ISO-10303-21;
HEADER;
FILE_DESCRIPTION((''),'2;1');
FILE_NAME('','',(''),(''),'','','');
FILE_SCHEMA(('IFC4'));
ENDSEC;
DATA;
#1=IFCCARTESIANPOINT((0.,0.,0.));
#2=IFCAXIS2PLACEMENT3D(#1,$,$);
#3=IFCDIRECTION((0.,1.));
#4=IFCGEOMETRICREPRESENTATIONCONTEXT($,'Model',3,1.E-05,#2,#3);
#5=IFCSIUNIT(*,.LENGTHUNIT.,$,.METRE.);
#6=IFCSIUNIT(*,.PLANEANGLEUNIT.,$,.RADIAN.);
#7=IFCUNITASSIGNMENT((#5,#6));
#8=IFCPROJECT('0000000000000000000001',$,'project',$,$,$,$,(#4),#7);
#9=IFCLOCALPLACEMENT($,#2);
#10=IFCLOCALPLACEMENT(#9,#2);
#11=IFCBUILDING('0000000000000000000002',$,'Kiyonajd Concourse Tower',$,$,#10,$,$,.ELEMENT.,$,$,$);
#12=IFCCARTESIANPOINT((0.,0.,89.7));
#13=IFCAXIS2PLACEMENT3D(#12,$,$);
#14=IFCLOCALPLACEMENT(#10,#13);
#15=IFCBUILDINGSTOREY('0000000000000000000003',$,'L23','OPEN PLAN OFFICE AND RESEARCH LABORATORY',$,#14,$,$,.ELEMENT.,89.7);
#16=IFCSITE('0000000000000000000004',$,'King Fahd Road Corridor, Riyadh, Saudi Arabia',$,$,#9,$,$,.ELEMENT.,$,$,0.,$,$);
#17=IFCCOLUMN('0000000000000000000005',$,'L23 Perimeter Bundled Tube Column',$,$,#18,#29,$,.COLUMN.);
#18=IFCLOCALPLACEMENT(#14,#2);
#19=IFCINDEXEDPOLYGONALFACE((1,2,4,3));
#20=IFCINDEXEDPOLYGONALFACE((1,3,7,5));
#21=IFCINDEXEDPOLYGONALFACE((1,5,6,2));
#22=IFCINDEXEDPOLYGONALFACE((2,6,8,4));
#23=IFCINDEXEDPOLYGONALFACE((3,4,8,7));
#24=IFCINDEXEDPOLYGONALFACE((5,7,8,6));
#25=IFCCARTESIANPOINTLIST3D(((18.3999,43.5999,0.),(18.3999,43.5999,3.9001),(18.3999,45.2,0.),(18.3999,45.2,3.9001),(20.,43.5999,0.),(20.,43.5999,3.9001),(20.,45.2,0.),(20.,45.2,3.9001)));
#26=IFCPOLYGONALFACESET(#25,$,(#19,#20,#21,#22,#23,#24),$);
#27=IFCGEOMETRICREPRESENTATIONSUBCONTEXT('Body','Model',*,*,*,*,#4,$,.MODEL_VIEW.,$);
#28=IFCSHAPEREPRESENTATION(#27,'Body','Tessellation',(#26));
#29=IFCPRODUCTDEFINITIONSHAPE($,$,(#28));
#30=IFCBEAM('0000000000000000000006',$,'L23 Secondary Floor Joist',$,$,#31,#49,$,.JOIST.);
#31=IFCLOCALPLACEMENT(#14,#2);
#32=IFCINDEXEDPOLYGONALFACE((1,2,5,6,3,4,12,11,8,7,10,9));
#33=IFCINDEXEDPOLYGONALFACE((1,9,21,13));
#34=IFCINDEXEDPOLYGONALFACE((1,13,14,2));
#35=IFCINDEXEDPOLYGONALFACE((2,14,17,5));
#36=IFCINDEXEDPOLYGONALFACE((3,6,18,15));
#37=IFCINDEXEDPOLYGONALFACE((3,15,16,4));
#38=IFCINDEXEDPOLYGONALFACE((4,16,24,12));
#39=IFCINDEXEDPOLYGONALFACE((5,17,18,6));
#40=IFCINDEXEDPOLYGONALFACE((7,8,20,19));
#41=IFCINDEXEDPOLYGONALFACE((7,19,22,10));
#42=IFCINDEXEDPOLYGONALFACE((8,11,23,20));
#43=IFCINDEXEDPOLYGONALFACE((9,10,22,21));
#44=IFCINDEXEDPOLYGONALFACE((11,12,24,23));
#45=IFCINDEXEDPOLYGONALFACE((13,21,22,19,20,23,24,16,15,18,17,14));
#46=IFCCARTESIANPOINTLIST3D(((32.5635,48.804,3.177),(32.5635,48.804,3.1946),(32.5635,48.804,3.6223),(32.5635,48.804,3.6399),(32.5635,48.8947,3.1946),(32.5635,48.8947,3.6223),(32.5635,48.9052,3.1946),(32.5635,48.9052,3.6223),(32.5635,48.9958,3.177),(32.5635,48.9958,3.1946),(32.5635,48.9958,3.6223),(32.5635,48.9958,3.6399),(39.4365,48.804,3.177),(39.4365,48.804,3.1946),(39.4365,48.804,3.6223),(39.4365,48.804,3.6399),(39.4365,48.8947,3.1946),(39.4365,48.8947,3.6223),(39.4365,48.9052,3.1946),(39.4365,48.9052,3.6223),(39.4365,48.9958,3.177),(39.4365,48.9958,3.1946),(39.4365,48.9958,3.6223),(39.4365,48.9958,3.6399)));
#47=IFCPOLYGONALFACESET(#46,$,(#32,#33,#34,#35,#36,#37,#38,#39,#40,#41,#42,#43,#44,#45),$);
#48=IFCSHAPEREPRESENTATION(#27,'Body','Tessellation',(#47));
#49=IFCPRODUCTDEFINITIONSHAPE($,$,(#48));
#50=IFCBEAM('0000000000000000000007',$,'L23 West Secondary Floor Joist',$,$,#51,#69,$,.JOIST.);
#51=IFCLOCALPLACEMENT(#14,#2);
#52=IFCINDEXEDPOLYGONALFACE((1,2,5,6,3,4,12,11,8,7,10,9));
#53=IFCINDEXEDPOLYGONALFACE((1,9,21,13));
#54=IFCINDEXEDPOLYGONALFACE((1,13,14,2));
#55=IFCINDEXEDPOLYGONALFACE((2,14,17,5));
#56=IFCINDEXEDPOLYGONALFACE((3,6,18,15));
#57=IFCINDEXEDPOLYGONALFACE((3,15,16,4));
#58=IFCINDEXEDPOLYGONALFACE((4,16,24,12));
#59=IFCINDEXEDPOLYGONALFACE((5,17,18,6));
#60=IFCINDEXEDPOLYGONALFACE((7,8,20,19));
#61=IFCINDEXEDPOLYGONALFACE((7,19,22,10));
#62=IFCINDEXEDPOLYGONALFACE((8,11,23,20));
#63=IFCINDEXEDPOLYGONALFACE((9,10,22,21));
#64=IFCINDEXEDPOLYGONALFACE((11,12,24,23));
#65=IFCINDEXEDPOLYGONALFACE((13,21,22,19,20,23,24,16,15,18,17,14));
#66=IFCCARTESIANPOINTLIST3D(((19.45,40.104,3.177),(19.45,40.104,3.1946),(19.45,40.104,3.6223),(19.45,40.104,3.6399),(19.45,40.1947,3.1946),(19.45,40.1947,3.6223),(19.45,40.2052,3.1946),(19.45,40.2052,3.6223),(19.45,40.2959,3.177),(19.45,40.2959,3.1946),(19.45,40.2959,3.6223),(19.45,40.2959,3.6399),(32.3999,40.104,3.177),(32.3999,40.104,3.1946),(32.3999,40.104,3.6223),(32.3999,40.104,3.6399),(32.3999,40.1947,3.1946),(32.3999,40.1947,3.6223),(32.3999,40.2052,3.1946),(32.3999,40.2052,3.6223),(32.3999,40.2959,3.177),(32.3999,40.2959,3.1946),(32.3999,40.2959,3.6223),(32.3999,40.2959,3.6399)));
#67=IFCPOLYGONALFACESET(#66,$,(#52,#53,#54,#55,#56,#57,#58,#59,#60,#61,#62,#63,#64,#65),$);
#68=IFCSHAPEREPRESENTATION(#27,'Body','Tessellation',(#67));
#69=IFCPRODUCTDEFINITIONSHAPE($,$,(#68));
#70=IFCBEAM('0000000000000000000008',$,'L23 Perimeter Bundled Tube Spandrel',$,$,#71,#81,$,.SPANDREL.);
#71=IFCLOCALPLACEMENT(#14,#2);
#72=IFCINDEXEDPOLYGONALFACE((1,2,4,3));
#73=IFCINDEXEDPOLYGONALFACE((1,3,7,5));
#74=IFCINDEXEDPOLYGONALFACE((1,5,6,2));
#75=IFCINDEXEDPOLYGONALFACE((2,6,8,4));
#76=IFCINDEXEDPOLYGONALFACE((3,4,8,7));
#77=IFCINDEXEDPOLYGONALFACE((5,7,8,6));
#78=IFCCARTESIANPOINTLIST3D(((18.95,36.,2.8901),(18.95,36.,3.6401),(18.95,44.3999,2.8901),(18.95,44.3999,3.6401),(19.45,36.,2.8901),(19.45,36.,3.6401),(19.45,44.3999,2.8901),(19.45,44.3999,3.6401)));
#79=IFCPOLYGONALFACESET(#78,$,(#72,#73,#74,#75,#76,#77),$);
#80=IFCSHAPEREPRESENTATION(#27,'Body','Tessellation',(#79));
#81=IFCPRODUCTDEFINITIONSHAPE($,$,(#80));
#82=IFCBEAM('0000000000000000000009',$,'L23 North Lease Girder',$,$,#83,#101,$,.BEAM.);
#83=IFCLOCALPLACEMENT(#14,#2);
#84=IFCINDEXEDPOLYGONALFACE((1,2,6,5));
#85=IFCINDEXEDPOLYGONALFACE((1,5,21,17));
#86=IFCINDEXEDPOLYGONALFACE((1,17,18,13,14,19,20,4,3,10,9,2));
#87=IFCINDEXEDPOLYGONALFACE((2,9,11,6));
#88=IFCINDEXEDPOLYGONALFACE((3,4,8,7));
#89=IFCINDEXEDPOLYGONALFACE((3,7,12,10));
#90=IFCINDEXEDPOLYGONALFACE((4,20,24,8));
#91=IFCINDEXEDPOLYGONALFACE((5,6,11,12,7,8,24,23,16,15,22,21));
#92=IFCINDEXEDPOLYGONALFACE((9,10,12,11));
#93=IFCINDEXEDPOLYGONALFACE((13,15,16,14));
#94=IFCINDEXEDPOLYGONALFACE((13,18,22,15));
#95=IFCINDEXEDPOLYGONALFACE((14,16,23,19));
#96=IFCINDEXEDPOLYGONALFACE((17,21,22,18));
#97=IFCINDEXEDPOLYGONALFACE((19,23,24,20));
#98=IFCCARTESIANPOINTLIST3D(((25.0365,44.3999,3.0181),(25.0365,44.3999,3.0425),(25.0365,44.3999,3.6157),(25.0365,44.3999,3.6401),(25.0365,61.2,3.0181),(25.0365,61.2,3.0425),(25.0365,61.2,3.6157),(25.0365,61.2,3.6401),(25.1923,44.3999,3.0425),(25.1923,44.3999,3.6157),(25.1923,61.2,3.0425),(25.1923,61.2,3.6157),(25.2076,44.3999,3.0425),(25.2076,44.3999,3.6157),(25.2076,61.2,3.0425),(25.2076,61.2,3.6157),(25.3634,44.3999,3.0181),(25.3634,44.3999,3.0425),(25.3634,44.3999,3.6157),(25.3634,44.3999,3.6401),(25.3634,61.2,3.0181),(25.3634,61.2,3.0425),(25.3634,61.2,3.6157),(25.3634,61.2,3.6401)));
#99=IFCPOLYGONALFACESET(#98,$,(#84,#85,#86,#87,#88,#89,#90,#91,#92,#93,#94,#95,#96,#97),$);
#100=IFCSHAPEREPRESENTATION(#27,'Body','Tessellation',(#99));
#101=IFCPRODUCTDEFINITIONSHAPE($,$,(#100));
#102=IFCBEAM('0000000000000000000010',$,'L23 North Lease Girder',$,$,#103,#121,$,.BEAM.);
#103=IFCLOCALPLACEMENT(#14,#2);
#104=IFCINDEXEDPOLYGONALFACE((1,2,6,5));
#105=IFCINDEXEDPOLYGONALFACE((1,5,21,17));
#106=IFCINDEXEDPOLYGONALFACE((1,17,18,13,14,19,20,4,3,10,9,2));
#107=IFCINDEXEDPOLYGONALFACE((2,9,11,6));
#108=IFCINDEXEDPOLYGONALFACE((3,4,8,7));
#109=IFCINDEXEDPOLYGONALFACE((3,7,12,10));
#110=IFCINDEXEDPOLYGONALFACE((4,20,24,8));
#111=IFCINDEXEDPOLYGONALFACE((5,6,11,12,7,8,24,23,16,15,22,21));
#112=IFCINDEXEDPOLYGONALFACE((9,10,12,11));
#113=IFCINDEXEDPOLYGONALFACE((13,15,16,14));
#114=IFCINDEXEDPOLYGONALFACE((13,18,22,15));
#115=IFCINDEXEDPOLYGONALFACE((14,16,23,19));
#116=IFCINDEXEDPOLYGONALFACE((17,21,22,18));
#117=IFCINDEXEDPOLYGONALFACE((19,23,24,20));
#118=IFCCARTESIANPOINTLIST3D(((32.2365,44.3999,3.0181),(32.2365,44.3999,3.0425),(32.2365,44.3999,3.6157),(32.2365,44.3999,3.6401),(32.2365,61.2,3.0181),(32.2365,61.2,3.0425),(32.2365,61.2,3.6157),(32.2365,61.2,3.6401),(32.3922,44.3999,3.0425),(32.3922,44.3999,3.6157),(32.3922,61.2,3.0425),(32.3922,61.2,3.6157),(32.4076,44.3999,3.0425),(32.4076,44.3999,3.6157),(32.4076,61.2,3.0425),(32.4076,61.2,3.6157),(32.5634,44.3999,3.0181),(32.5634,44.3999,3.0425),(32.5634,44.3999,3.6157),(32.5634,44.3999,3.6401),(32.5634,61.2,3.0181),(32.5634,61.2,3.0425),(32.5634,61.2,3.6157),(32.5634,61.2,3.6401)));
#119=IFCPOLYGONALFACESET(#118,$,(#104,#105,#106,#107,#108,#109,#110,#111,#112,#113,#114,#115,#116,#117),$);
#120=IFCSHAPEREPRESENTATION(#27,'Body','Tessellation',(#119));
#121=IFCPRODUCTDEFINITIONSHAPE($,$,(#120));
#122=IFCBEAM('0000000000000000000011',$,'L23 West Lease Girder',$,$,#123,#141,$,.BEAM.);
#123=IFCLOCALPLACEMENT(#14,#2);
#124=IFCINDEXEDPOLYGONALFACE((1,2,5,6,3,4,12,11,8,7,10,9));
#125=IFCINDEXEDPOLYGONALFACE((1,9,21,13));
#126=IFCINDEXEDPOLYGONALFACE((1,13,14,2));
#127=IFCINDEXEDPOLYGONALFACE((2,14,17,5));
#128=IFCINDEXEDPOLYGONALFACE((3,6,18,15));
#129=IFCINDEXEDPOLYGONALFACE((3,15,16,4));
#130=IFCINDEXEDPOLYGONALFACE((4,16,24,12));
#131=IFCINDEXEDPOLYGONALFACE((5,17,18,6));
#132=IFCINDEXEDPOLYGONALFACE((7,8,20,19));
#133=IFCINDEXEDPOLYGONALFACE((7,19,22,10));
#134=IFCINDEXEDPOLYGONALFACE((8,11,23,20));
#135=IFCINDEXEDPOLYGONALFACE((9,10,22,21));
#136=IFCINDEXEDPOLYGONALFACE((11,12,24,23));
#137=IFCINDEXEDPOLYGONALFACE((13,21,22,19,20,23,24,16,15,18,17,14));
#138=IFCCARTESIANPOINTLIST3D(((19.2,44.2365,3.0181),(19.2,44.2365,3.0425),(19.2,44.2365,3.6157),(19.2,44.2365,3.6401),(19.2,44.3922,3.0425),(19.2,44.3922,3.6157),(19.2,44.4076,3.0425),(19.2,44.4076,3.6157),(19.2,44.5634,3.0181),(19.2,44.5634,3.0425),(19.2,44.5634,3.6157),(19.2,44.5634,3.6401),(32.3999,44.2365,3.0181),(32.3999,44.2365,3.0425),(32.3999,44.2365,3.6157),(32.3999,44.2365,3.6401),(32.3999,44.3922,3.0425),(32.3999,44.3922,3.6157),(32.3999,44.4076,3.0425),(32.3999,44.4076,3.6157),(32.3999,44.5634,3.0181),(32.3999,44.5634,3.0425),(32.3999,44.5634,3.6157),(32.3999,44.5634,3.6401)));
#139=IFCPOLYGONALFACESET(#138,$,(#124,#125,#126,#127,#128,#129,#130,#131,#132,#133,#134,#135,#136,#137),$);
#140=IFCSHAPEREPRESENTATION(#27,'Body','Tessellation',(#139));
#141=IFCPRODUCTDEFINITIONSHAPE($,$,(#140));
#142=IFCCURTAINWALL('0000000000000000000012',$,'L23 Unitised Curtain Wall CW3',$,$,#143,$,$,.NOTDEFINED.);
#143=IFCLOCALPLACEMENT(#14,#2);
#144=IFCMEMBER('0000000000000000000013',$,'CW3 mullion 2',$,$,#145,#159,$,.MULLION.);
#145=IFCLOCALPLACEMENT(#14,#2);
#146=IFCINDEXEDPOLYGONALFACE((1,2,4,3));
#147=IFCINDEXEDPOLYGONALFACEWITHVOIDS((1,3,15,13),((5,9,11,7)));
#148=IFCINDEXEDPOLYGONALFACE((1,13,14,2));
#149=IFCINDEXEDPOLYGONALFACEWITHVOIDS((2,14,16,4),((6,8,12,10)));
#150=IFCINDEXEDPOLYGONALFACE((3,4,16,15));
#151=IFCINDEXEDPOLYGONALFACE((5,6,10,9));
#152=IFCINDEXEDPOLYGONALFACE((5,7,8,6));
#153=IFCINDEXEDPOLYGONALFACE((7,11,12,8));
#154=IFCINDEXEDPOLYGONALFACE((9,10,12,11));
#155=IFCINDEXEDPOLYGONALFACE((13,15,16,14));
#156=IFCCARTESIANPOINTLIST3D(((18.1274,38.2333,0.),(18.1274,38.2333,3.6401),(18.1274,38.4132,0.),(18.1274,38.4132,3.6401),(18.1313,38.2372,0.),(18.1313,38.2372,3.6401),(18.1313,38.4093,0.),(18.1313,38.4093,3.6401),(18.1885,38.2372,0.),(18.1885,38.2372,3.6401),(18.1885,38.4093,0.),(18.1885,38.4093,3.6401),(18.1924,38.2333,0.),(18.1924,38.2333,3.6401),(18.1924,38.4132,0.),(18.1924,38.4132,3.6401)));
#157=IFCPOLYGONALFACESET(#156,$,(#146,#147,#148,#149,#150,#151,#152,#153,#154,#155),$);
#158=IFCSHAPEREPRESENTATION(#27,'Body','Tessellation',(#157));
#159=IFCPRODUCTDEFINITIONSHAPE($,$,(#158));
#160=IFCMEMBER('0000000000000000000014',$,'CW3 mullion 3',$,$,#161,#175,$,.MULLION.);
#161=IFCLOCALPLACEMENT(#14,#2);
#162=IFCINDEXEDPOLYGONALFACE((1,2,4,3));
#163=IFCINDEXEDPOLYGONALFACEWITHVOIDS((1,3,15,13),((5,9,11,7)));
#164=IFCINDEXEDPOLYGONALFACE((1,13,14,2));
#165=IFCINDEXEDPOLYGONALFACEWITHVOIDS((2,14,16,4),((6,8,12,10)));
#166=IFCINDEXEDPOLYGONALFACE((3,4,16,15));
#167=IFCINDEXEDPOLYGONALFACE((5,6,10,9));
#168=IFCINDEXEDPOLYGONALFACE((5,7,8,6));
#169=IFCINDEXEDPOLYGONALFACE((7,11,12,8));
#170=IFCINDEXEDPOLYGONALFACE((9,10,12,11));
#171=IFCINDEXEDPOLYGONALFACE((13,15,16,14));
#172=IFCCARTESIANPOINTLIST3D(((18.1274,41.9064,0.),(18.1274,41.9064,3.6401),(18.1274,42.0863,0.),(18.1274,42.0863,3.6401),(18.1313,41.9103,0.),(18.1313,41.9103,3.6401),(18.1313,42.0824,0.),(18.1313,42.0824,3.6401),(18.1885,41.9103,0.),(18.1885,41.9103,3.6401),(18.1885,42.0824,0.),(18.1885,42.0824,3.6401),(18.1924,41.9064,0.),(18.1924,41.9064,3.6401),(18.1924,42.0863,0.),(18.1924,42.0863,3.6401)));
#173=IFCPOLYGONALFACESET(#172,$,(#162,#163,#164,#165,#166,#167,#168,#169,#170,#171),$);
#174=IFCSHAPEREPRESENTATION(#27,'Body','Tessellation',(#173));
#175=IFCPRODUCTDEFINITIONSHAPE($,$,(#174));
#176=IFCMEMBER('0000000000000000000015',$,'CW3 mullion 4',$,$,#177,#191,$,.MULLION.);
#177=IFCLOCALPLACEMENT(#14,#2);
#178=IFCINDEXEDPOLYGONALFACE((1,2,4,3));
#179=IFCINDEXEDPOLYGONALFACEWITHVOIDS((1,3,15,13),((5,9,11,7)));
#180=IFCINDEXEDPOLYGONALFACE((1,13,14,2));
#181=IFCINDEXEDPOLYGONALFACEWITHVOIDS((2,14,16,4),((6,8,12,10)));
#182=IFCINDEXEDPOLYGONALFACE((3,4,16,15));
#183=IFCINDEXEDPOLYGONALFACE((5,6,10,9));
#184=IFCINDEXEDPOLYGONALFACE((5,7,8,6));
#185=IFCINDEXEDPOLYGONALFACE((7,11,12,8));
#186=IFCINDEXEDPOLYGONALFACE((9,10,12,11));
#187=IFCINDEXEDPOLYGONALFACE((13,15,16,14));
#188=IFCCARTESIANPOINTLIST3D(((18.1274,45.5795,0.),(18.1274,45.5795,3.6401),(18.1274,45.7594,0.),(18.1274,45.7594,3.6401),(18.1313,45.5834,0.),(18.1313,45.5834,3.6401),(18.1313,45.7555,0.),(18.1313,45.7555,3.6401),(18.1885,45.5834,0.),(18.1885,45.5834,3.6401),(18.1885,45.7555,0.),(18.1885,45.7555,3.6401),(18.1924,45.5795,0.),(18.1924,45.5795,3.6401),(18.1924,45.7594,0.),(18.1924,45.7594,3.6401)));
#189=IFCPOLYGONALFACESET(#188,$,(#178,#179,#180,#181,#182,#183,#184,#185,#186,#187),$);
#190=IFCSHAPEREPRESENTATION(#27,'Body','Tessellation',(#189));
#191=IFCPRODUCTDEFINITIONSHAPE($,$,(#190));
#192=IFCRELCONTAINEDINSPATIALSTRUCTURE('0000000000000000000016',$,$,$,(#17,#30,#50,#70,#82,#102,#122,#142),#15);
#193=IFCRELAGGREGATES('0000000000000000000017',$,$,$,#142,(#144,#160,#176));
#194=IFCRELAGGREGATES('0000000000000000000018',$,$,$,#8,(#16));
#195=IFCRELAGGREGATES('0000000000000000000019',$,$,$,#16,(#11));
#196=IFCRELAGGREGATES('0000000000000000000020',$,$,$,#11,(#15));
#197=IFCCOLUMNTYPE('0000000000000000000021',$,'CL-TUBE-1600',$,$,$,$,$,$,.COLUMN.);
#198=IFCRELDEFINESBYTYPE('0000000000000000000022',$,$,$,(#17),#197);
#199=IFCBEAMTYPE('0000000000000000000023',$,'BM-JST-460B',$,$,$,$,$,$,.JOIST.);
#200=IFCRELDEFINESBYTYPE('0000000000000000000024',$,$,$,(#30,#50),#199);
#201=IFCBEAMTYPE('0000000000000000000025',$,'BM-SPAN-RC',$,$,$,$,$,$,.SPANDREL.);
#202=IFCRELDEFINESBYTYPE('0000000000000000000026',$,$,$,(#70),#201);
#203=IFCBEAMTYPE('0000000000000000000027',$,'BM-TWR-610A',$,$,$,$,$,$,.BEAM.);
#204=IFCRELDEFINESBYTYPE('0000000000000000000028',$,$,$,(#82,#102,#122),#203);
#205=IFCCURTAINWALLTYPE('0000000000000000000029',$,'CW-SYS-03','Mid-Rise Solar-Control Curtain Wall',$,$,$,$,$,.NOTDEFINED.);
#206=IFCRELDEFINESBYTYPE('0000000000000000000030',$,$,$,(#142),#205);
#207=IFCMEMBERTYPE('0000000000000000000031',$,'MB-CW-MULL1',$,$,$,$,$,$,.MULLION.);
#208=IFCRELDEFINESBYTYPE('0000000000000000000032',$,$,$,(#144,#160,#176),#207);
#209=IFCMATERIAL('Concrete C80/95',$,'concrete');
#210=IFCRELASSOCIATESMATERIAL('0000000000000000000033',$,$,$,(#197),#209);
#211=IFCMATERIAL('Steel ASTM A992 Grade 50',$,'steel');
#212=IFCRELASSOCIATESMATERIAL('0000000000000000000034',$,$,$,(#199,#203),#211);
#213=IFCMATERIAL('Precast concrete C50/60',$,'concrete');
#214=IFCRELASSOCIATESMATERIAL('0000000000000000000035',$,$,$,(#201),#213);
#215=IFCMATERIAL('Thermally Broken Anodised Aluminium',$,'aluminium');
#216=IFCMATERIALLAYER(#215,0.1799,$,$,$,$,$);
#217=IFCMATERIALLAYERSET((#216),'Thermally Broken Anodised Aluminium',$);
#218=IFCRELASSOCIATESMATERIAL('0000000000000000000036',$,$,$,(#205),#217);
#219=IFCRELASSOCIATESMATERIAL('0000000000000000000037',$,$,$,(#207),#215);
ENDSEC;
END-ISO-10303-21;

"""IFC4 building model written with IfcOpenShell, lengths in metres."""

from ifc_helpers import new_model, si_unit, direction, frame, origin, origin_2d, place, context, subcontext, project, spatial, rectangle, hollow_rectangle, i_section, extrude, material, layer, layer_set, material_profile, profile_set, type_object, element, aggregate, save


model = new_model("IFC4")

# Units and contexts
model_context = context("Model", 3, precision=1e-05, world=origin(), true_north=direction((0.0, 1.0)))
body_context = subcontext(model_context, "Body", "Model", "MODEL_VIEW")
ifc_project = project(units=[si_unit("LENGTHUNIT", "METRE"), si_unit("PLANEANGLEUNIT", "RADIAN")], contexts=[model_context])

# Site, building, storey
site_placement = place(None, origin())
site = spatial("IfcSite", under=ifc_project, at=site_placement, Name="King Fahd Road Corridor, Riyadh, Saudi Arabia", CompositionType="ELEMENT", RefElevation=0.0)
building_placement = place(site_placement, origin())
building = spatial("IfcBuilding", under=site, at=building_placement, Name="Kiyonajd Concourse Tower", CompositionType="ELEMENT")
storey_placement = place(building_placement, frame((0.0, 0.0, 89.7)))
storey = spatial("IfcBuildingStorey", under=building, at=storey_placement, Name="L23", Description="OPEN PLAN OFFICE AND RESEARCH LABORATORY", CompositionType="ELEMENT", Elevation=89.7)

# Column
ifc_material_1 = material(Name="Concrete C80/95", Category="concrete")
ifc_material_profile_1 = material_profile(ifc_material_1, rectangle(XDim=1.6001, YDim=1.6001, at=origin_2d()), Name="RC-1600x1600")
ifc_profile_set_1 = profile_set([ifc_material_profile_1], Name="Concrete C80/95")
column_type = type_object("IfcColumnType", Name="CL-TUBE-1600", PredefinedType="COLUMN", material=ifc_profile_set_1)
column_placement = place(storey_placement, frame((19.2, 44.3999, 0.0), z_axis=(0.0, 0.0, 1.0), x_axis=(1.0, 0.0, 0.0)))
element("IfcColumn", 1, at=column_placement, inside=storey, type_object=column_type, Name="L23 Perimeter Bundled Tube Column", PredefinedType="COLUMN", context=body_context, shape_type="SweptSolid", body=[
    extrude(rectangle(XDim=1.6001, YDim=1.6001, at=origin_2d()), origin(), (0.0, 0.0, 1.0), 3.9001),
])

# Beams
ifc_material_2 = material(Name="Steel ASTM A992 Grade 50", Category="steel")
ifc_material_profile_2 = material_profile(ifc_material_2, i_section(OverallWidth=0.1919, OverallDepth=0.4629, WebThickness=0.0105, FlangeThickness=0.0176, at=origin_2d()), Name="W460X89")
ifc_profile_set_2 = profile_set([ifc_material_profile_2], Name="Steel ASTM A992 Grade 50")
beam_type_1 = type_object("IfcBeamType", Name="BM-JST-460B", PredefinedType="JOIST", material=ifc_profile_set_2)
beam_1_placement = place(storey_placement, frame((32.5635, 48.8999, 3.4084), z_axis=(1.0, 0.0, 0.0), x_axis=(0.0, 1.0, 0.0)))
element("IfcBeam", 2, at=beam_1_placement, inside=storey, type_object=beam_type_1, Name="L23 Secondary Floor Joist", PredefinedType="JOIST", context=body_context, shape_type="SweptSolid", body=[
    extrude(i_section(OverallWidth=0.1919, OverallDepth=0.4629, WebThickness=0.0105, FlangeThickness=0.0176, at=origin_2d()), origin(), (0.0, 0.0, 1.0), 6.873),
])
beam_2_placement = place(storey_placement, frame((19.45, 40.2, 3.4084), z_axis=(1.0, 0.0, 0.0), x_axis=(0.0, 1.0, 0.0)))
element("IfcBeam", 3, at=beam_2_placement, inside=storey, type_object=beam_type_1, Name="L23 West Secondary Floor Joist", PredefinedType="JOIST", context=body_context, shape_type="SweptSolid", body=[
    extrude(i_section(OverallWidth=0.1919, OverallDepth=0.4629, WebThickness=0.0105, FlangeThickness=0.0176, at=origin_2d()), origin(), (0.0, 0.0, 1.0), 12.95),
])
ifc_material_3 = material(Name="Precast concrete C50/60", Category="concrete")
ifc_material_profile_3 = material_profile(ifc_material_3, rectangle(XDim=0.5, YDim=0.75, at=origin_2d()), Name="RCBM-500x750")
ifc_profile_set_3 = profile_set([ifc_material_profile_3], Name="Precast concrete C50/60")
beam_type_2 = type_object("IfcBeamType", Name="BM-SPAN-RC", PredefinedType="SPANDREL", material=ifc_profile_set_3)
beam_3_placement = place(storey_placement, frame((19.2, 44.3999, 3.2651), z_axis=(0.0, -1.0, 0.0), x_axis=(1.0, 0.0, 0.0)))
element("IfcBeam", 4, at=beam_3_placement, inside=storey, type_object=beam_type_2, Name="L23 Perimeter Bundled Tube Spandrel", PredefinedType="SPANDREL", context=body_context, shape_type="SweptSolid", body=[
    extrude(rectangle(XDim=0.5, YDim=0.75, at=origin_2d()), origin(), (0.0, 0.0, 1.0), 8.3999),
])
ifc_material_profile_4 = material_profile(ifc_material_2, i_section(OverallWidth=0.3269, OverallDepth=0.6221, WebThickness=0.0154, FlangeThickness=0.0244, at=origin_2d()), Name="W610X195")
ifc_profile_set_4 = profile_set([ifc_material_profile_4], Name="Steel ASTM A992 Grade 50")
beam_type_3 = type_object("IfcBeamType", Name="BM-TWR-610A", PredefinedType="BEAM", material=ifc_profile_set_4)
for number, where, z_axis, x_axis, name in (
    (5, (25.2, 44.3999, 3.3291), (0.0, 1.0, 0.0), (-1.0, 0.0, 0.0), "L23 North Lease Girder"),
    (6, (32.3999, 44.3999, 3.3291), (0.0, 1.0, 0.0), (-1.0, 0.0, 0.0), "L23 North Lease Girder"),
):
    element("IfcBeam", number, at=place(storey_placement, frame(where, z_axis=z_axis, x_axis=x_axis)), inside=storey, type_object=beam_type_3, Name=name, PredefinedType="BEAM", context=body_context, shape_type="SweptSolid", body=[
        extrude(i_section(OverallWidth=0.3269, OverallDepth=0.6221, WebThickness=0.0154, FlangeThickness=0.0244, at=origin_2d()), origin(), (0.0, 0.0, 1.0), 16.8),
    ])
beam_4_placement = place(storey_placement, frame((19.2, 44.3999, 3.3291), z_axis=(1.0, 0.0, 0.0), x_axis=(0.0, 1.0, 0.0)))
element("IfcBeam", 7, at=beam_4_placement, inside=storey, type_object=beam_type_3, Name="L23 West Lease Girder", PredefinedType="BEAM", context=body_context, shape_type="SweptSolid", body=[
    extrude(i_section(OverallWidth=0.3269, OverallDepth=0.6221, WebThickness=0.0154, FlangeThickness=0.0244, at=origin_2d()), origin(), (0.0, 0.0, 1.0), 13.2),
])

# Curtain wall, members
ifc_material_4 = material(Name="Thermally Broken Anodised Aluminium", Category="aluminium")
ifc_layer_1 = layer(ifc_material_4, 0.1799)
ifc_layer_set_1 = layer_set([ifc_layer_1], Name="Thermally Broken Anodised Aluminium")
curtain_wall_type = type_object("IfcCurtainWallType", Name="CW-SYS-03", Description="Mid-Rise Solar-Control Curtain Wall", PredefinedType="NOTDEFINED", material=ifc_layer_set_1)
curtain_wall_placement = place(storey_placement, origin())
curtain_wall = element("IfcCurtainWall", 8, at=curtain_wall_placement, inside=storey, type_object=curtain_wall_type, Name="L23 Unitised Curtain Wall CW3", PredefinedType="NOTDEFINED")
ifc_material_profile_5 = material_profile(ifc_material_4, hollow_rectangle(XDim=0.0649, YDim=0.1799, WallThickness=0.0039, at=origin_2d()), Name="MULL-65x180")
ifc_profile_set_5 = profile_set([ifc_material_profile_5], Name="Thermally Broken Anodised Aluminium")
member_type_1 = type_object("IfcMemberType", Name="MB-CW-MULL1", PredefinedType="MULLION", material=ifc_profile_set_5)
member_1_placement = place(storey_placement, frame((18.1599, 38.3232, 0.0), z_axis=(0.0, 0.0, 1.0), x_axis=(-1.0, 0.0, 0.0)))
member_1 = element("IfcMember", 9, at=member_1_placement, type_object=member_type_1, Name="CW3 mullion 2", PredefinedType="MULLION", context=body_context, shape_type="SweptSolid", body=[
    extrude(hollow_rectangle(XDim=0.0649, YDim=0.1799, WallThickness=0.0039, at=origin_2d()), origin(), (0.0, 0.0, 1.0), 3.6401),
])
member_2_placement = place(storey_placement, frame((18.1599, 41.9963, 0.0), z_axis=(0.0, 0.0, 1.0), x_axis=(-1.0, 0.0, 0.0)))
member_2 = element("IfcMember", 10, at=member_2_placement, type_object=member_type_1, Name="CW3 mullion 3", PredefinedType="MULLION", context=body_context, shape_type="SweptSolid", body=[
    extrude(hollow_rectangle(XDim=0.0649, YDim=0.1799, WallThickness=0.0039, at=origin_2d()), origin(), (0.0, 0.0, 1.0), 3.6401),
])
member_3_placement = place(storey_placement, frame((18.1599, 45.6694, 0.0), z_axis=(0.0, 0.0, 1.0), x_axis=(-1.0, 0.0, 0.0)))
member_3 = element("IfcMember", 11, at=member_3_placement, type_object=member_type_1, Name="CW3 mullion 4", PredefinedType="MULLION", context=body_context, shape_type="SweptSolid", body=[
    extrude(hollow_rectangle(XDim=0.0649, YDim=0.1799, WallThickness=0.0039, at=origin_2d()), origin(), (0.0, 0.0, 1.0), 3.6401),
])
aggregate(curtain_wall, [member_1, member_2, member_3])

save(model, "model.ifc")
